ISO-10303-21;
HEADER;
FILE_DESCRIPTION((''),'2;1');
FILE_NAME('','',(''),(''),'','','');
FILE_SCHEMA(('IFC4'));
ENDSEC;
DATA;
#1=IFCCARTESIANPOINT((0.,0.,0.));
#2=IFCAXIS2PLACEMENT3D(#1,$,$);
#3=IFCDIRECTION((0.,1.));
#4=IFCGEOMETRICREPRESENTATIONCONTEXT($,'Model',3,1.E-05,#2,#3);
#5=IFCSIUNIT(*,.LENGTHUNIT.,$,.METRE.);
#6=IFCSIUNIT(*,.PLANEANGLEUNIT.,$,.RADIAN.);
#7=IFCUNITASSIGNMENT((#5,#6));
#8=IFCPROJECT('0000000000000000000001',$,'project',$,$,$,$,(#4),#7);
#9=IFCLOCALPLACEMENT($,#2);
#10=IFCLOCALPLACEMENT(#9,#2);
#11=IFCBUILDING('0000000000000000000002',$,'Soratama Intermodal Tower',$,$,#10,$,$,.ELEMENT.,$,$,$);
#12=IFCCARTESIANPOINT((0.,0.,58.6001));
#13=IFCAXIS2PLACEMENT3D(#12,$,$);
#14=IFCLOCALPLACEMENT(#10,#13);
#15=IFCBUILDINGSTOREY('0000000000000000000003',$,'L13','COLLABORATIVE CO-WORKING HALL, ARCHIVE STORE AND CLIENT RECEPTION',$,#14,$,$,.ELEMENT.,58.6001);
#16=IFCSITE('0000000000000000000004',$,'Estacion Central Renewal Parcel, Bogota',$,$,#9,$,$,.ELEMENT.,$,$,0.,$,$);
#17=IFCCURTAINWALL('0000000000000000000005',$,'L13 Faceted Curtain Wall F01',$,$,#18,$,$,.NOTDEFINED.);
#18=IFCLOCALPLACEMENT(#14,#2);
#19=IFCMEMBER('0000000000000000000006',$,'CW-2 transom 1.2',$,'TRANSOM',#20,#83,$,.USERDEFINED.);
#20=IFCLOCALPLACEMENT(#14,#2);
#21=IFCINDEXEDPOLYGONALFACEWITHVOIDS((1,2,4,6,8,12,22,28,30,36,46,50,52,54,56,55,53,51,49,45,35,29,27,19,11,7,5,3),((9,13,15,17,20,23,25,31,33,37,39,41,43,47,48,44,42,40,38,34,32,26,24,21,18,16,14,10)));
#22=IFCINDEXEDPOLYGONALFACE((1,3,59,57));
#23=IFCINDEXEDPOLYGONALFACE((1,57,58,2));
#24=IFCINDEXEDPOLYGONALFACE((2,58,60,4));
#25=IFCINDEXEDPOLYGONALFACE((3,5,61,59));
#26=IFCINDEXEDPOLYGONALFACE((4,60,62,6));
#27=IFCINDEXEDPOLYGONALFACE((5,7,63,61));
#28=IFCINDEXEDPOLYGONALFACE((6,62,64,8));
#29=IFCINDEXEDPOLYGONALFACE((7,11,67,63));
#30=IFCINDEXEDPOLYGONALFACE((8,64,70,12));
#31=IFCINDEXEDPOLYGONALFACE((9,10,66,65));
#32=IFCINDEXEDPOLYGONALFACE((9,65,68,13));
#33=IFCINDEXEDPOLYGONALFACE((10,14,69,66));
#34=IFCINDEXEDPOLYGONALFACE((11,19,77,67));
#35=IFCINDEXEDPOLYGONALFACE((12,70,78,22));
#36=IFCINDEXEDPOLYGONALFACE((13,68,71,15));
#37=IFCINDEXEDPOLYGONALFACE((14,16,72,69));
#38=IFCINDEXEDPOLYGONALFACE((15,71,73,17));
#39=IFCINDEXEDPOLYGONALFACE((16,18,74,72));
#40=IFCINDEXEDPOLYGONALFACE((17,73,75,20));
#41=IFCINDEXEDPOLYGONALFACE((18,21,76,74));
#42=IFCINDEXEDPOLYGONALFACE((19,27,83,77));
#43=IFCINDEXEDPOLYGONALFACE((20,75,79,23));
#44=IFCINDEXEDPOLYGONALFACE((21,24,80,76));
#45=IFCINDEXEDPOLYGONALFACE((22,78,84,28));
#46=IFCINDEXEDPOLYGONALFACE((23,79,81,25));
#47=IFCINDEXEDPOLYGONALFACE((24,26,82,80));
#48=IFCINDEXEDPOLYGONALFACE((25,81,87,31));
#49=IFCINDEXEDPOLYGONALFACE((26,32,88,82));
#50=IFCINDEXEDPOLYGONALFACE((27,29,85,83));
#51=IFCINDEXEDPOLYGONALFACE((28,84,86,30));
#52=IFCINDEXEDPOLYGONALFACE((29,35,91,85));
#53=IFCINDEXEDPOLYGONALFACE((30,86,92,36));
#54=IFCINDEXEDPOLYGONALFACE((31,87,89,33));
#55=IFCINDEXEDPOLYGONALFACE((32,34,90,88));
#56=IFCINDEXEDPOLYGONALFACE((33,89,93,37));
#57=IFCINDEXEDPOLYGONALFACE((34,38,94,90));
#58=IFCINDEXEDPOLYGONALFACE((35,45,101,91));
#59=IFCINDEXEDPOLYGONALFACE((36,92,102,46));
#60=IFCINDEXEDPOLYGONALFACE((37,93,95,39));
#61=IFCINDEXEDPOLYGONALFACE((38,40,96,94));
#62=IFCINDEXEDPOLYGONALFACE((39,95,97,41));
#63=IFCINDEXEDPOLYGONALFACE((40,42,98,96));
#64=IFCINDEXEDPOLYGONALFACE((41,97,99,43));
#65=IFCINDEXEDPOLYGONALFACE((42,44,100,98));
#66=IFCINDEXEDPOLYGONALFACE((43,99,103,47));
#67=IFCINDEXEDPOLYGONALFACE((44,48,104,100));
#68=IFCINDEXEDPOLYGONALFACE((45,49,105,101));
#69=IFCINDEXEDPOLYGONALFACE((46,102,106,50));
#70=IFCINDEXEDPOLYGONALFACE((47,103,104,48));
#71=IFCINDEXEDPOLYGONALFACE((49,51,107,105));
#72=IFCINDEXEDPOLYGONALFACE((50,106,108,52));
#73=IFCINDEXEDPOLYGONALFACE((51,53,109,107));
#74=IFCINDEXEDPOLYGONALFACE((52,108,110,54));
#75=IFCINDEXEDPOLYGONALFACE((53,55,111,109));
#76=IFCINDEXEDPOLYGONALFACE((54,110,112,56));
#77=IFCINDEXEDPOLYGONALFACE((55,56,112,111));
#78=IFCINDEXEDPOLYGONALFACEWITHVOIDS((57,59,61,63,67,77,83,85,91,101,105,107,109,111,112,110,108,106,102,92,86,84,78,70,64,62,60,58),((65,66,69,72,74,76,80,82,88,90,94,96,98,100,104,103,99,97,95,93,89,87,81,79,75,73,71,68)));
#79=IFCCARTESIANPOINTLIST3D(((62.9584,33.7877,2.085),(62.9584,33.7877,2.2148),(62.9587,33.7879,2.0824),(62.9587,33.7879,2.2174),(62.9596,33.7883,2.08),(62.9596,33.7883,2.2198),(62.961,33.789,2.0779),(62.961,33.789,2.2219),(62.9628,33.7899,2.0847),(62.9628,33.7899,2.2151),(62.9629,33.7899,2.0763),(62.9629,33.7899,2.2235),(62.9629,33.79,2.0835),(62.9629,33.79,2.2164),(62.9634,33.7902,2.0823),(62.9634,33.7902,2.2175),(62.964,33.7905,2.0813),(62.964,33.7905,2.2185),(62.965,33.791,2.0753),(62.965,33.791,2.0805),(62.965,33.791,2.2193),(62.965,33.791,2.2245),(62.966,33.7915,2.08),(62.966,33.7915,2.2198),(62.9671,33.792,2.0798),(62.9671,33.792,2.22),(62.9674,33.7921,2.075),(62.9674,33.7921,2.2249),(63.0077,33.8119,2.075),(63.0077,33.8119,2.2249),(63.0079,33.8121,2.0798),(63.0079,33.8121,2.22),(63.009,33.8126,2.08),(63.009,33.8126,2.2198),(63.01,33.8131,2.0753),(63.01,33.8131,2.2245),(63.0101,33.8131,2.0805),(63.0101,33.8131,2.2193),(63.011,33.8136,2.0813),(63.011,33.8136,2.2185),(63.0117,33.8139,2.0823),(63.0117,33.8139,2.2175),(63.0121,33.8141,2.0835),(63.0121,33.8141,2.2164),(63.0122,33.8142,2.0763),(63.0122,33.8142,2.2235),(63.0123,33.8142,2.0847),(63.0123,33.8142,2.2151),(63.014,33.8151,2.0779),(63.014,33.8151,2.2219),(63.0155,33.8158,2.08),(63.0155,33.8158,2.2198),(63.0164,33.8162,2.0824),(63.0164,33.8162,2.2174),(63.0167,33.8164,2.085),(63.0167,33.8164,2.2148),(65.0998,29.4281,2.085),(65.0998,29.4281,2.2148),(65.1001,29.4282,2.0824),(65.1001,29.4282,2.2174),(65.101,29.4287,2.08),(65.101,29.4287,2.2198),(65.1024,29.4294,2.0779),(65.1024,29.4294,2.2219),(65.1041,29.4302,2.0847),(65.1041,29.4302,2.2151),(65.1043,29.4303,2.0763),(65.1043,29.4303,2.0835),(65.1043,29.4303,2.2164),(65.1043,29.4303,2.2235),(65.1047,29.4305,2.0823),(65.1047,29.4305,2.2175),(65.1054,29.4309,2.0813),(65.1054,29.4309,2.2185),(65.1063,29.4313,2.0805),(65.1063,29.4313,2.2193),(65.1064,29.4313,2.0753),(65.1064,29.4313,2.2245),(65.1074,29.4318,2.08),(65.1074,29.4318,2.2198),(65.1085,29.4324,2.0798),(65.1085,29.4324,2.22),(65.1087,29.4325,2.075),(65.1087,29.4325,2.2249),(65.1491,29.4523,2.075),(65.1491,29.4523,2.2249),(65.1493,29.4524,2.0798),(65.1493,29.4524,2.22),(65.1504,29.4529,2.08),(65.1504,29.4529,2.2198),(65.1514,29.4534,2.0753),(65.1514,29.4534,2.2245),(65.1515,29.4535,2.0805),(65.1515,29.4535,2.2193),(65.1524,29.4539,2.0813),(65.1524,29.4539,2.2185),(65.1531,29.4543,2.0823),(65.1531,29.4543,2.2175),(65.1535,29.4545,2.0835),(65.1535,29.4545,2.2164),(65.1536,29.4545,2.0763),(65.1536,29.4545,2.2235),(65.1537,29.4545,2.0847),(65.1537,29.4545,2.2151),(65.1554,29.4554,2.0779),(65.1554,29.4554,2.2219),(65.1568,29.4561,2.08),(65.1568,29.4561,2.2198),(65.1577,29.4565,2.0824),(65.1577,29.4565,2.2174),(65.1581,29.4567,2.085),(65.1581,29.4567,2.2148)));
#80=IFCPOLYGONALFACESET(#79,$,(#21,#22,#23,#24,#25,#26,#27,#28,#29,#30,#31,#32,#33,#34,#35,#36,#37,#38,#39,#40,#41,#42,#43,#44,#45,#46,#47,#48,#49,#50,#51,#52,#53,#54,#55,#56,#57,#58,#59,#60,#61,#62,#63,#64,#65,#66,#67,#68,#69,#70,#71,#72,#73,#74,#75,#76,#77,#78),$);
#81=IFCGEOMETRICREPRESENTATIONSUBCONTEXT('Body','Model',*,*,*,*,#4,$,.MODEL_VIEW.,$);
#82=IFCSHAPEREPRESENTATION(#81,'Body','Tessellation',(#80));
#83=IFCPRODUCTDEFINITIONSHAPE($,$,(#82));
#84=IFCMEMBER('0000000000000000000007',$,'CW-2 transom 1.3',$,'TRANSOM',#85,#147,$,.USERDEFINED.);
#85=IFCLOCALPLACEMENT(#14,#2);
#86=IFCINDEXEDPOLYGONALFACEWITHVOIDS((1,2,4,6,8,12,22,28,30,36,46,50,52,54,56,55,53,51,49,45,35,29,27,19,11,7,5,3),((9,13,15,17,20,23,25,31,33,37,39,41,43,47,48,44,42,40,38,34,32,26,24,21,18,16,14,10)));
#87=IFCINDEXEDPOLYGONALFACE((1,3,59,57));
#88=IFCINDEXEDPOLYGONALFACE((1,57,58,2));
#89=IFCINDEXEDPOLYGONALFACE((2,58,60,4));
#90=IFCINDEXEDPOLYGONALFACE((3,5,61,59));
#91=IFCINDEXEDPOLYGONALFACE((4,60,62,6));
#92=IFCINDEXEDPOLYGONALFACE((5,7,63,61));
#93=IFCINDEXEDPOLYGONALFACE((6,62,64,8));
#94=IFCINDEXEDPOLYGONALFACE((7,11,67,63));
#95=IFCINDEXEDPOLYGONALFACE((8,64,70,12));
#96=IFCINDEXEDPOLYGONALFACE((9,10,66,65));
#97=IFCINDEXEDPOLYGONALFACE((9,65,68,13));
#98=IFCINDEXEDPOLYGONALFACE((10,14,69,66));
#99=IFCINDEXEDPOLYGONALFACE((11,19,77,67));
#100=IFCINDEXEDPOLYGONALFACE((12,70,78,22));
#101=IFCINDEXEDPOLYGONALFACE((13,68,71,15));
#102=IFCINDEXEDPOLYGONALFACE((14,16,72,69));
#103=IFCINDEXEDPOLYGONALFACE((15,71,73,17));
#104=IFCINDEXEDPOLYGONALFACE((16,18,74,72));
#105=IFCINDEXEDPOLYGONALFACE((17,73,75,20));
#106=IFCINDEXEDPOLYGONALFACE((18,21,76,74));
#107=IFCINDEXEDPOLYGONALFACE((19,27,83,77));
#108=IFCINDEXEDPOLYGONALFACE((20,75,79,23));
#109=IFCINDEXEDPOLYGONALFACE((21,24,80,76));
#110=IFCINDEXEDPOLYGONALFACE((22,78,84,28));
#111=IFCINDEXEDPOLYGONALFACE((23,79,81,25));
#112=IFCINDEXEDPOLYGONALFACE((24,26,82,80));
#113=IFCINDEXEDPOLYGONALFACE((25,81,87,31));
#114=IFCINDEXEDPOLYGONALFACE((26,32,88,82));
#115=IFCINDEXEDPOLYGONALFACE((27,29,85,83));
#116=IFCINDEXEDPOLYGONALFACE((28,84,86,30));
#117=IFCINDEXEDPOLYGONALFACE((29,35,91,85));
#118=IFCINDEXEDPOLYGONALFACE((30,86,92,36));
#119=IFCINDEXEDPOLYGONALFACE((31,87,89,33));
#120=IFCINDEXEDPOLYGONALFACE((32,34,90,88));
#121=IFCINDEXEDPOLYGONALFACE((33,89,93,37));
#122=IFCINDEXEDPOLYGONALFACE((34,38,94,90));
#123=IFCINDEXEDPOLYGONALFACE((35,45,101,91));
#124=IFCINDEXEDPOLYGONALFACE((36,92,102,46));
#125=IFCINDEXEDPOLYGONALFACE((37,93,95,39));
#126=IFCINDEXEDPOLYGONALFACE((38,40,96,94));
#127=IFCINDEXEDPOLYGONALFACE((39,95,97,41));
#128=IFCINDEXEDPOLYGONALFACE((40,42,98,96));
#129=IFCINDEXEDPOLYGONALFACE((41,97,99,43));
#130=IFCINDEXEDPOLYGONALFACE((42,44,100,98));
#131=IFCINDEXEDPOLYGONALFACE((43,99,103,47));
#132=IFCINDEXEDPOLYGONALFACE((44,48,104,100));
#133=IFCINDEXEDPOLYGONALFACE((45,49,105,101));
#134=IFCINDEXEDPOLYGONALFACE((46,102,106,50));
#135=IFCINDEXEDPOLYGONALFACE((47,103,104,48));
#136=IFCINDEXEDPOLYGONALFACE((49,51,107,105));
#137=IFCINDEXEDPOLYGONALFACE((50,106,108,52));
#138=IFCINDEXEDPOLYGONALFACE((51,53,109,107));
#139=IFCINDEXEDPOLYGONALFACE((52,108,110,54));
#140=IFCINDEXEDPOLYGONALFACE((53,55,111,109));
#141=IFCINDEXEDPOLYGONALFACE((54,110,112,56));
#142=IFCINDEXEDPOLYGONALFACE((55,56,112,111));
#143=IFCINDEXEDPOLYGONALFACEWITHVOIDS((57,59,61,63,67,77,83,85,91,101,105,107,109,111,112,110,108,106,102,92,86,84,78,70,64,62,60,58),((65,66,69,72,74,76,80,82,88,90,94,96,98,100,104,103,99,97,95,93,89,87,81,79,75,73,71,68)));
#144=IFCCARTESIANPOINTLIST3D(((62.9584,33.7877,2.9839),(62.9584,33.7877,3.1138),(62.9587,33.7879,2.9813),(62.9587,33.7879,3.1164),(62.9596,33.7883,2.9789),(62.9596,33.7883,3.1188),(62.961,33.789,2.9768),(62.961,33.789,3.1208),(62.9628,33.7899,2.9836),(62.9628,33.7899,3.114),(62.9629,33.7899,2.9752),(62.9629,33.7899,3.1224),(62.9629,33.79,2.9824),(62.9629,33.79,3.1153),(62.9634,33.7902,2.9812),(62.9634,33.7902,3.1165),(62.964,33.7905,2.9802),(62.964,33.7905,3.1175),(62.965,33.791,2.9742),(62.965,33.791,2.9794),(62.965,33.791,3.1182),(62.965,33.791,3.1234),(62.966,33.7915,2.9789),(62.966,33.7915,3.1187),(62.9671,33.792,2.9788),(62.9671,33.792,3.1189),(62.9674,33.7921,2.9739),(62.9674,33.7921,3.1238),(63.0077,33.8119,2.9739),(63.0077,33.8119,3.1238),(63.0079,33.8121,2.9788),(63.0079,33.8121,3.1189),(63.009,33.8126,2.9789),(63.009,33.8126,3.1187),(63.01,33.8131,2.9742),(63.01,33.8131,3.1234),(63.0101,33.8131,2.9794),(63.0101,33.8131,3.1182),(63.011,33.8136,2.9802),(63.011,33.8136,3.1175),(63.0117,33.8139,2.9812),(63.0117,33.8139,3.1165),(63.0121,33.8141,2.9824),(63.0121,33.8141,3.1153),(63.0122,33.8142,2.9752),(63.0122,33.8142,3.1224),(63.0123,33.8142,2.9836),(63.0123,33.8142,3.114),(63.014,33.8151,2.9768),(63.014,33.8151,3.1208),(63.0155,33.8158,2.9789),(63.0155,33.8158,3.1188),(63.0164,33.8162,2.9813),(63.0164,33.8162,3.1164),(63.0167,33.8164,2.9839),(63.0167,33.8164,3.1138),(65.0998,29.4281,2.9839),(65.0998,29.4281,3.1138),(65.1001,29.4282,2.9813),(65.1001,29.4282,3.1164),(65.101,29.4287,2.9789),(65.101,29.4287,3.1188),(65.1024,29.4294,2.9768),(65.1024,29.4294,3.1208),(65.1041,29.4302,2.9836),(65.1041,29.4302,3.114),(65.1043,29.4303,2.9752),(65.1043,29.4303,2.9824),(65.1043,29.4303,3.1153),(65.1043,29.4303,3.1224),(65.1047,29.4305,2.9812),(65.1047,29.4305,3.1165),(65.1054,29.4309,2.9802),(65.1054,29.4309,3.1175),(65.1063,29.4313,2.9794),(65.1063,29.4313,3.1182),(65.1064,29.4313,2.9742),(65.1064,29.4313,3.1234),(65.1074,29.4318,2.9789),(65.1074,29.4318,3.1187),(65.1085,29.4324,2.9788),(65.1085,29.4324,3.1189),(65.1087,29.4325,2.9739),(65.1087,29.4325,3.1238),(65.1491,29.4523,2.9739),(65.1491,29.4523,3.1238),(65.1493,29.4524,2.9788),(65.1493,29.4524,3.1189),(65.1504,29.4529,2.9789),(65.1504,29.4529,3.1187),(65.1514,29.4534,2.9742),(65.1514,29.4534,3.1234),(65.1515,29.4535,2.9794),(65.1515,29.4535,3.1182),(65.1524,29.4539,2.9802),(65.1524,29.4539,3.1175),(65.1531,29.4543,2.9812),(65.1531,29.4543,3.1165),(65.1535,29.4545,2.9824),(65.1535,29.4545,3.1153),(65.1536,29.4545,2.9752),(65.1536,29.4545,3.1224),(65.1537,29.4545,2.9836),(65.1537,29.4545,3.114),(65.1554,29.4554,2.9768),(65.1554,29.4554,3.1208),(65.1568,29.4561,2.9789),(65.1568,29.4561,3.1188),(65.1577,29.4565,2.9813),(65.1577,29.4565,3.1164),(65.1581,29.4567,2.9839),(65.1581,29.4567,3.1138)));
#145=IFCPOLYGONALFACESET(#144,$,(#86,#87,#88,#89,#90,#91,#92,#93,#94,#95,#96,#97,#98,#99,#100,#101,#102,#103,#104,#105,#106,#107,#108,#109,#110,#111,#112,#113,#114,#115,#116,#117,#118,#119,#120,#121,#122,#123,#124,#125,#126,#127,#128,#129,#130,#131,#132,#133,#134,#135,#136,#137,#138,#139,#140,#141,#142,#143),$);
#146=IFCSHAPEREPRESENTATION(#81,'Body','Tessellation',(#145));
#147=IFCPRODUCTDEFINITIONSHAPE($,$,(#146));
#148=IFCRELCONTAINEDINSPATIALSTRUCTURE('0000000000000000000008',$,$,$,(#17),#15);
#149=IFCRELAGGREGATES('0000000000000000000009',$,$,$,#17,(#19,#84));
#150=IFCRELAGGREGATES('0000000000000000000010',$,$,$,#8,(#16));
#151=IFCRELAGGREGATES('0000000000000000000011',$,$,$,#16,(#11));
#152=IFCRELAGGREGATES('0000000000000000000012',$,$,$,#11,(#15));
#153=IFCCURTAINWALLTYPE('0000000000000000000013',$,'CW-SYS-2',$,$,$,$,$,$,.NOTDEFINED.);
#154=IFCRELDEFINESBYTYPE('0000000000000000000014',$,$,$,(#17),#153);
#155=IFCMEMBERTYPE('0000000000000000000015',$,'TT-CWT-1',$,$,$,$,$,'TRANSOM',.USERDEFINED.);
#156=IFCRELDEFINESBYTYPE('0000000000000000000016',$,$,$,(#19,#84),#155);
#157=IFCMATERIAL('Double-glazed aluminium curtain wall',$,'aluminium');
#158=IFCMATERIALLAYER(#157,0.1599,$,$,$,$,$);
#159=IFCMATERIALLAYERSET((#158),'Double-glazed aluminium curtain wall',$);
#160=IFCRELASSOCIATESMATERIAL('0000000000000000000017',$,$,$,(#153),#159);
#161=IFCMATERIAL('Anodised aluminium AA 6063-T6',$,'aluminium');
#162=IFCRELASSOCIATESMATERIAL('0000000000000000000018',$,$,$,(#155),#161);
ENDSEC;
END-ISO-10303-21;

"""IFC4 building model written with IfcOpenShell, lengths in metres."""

from ifc_helpers import new_model, si_unit, direction, frame, origin, origin_2d, place, context, subcontext, project, spatial, hollow_rectangle, extrude, material, layer, layer_set, material_profile, profile_set, type_object, element, aggregate, save


model = new_model("IFC4")

# Units and contexts
model_context = context("Model", 3, precision=1e-05, world=origin(), true_north=direction((0.0, 1.0)))
body_context = subcontext(model_context, "Body", "Model", "MODEL_VIEW")
ifc_project = project(units=[si_unit("LENGTHUNIT", "METRE"), si_unit("PLANEANGLEUNIT", "RADIAN")], contexts=[model_context])

# Site, building, storey
site_placement = place(None, origin())
site = spatial("IfcSite", under=ifc_project, at=site_placement, Name="Estacion Central Renewal Parcel, Bogota", CompositionType="ELEMENT", RefElevation=0.0)
building_placement = place(site_placement, origin())
building = spatial("IfcBuilding", under=site, at=building_placement, Name="Soratama Intermodal Tower", CompositionType="ELEMENT")
storey_placement = place(building_placement, frame((0.0, 0.0, 58.6001)))
storey = spatial("IfcBuildingStorey", under=building, at=storey_placement, Name="L13", Description="COLLABORATIVE CO-WORKING HALL, ARCHIVE STORE AND CLIENT RECEPTION", CompositionType="ELEMENT", Elevation=58.6001)

# Curtain wall
ifc_material_1 = material(Name="Double-glazed aluminium curtain wall", Category="aluminium")
ifc_layer_1 = layer(ifc_material_1, 0.1599)
ifc_layer_set_1 = layer_set([ifc_layer_1], Name="Double-glazed aluminium curtain wall")
curtain_wall_type = type_object("IfcCurtainWallType", Name="CW-SYS-2", PredefinedType="NOTDEFINED", material=ifc_layer_set_1)
curtain_wall_1_placement = place(storey_placement, origin())
curtain_wall_1 = element("IfcCurtainWall", 1, at=curtain_wall_1_placement, inside=storey, type_object=curtain_wall_type, Name="L13 Faceted Curtain Wall F01", PredefinedType="NOTDEFINED")

# Members
ifc_material_2 = material(Name="Anodised aluminium AA 6063-T6", Category="aluminium")
ifc_material_profile_1 = material_profile(ifc_material_2, hollow_rectangle(XDim=0.0649, YDim=0.1499, WallThickness=0.0049, InnerFilletRadius=0.0049, OuterFilletRadius=0.01, at=origin_2d()), Name="CWT150X65X5")
ifc_profile_set_1 = profile_set([ifc_material_profile_1], Name="Anodised aluminium AA 6063-T6")
member_type_1 = type_object("IfcMemberType", Name="TT-CWT-1", ElementType="TRANSOM", PredefinedType="USERDEFINED", material=ifc_profile_set_1)
member_1_placement = place(storey_placement, frame((65.1289, 29.4424, 2.1499), z_axis=(-0.440869, 0.897571, 0.0), x_axis=(-0.897571, -0.440869, 0.0)))
member_1 = element("IfcMember", 2, at=member_1_placement, type_object=member_type_1, Name="CW-2 transom 1.2", ObjectType="TRANSOM", PredefinedType="USERDEFINED", context=body_context, shape_type="SweptSolid", body=[
    extrude(hollow_rectangle(XDim=0.0649, YDim=0.1499, WallThickness=0.0049, InnerFilletRadius=0.0049, OuterFilletRadius=0.01, at=origin_2d()), origin(), (0.0, 0.0, 1.0), 4.8572),
])
member_2_placement = place(storey_placement, frame((65.1289, 29.4424, 3.0488), z_axis=(-0.440869, 0.897571, 0.0), x_axis=(-0.897571, -0.440869, 0.0)))
member_2 = element("IfcMember", 3, at=member_2_placement, type_object=member_type_1, Name="CW-2 transom 1.3", ObjectType="TRANSOM", PredefinedType="USERDEFINED", context=body_context, shape_type="SweptSolid", body=[
    extrude(hollow_rectangle(XDim=0.0649, YDim=0.1499, WallThickness=0.0049, InnerFilletRadius=0.0049, OuterFilletRadius=0.01, at=origin_2d()), origin(), (0.0, 0.0, 1.0), 4.8572),
])

aggregate(curtain_wall_1, [member_1, member_2])

save(model, "model.ifc")
